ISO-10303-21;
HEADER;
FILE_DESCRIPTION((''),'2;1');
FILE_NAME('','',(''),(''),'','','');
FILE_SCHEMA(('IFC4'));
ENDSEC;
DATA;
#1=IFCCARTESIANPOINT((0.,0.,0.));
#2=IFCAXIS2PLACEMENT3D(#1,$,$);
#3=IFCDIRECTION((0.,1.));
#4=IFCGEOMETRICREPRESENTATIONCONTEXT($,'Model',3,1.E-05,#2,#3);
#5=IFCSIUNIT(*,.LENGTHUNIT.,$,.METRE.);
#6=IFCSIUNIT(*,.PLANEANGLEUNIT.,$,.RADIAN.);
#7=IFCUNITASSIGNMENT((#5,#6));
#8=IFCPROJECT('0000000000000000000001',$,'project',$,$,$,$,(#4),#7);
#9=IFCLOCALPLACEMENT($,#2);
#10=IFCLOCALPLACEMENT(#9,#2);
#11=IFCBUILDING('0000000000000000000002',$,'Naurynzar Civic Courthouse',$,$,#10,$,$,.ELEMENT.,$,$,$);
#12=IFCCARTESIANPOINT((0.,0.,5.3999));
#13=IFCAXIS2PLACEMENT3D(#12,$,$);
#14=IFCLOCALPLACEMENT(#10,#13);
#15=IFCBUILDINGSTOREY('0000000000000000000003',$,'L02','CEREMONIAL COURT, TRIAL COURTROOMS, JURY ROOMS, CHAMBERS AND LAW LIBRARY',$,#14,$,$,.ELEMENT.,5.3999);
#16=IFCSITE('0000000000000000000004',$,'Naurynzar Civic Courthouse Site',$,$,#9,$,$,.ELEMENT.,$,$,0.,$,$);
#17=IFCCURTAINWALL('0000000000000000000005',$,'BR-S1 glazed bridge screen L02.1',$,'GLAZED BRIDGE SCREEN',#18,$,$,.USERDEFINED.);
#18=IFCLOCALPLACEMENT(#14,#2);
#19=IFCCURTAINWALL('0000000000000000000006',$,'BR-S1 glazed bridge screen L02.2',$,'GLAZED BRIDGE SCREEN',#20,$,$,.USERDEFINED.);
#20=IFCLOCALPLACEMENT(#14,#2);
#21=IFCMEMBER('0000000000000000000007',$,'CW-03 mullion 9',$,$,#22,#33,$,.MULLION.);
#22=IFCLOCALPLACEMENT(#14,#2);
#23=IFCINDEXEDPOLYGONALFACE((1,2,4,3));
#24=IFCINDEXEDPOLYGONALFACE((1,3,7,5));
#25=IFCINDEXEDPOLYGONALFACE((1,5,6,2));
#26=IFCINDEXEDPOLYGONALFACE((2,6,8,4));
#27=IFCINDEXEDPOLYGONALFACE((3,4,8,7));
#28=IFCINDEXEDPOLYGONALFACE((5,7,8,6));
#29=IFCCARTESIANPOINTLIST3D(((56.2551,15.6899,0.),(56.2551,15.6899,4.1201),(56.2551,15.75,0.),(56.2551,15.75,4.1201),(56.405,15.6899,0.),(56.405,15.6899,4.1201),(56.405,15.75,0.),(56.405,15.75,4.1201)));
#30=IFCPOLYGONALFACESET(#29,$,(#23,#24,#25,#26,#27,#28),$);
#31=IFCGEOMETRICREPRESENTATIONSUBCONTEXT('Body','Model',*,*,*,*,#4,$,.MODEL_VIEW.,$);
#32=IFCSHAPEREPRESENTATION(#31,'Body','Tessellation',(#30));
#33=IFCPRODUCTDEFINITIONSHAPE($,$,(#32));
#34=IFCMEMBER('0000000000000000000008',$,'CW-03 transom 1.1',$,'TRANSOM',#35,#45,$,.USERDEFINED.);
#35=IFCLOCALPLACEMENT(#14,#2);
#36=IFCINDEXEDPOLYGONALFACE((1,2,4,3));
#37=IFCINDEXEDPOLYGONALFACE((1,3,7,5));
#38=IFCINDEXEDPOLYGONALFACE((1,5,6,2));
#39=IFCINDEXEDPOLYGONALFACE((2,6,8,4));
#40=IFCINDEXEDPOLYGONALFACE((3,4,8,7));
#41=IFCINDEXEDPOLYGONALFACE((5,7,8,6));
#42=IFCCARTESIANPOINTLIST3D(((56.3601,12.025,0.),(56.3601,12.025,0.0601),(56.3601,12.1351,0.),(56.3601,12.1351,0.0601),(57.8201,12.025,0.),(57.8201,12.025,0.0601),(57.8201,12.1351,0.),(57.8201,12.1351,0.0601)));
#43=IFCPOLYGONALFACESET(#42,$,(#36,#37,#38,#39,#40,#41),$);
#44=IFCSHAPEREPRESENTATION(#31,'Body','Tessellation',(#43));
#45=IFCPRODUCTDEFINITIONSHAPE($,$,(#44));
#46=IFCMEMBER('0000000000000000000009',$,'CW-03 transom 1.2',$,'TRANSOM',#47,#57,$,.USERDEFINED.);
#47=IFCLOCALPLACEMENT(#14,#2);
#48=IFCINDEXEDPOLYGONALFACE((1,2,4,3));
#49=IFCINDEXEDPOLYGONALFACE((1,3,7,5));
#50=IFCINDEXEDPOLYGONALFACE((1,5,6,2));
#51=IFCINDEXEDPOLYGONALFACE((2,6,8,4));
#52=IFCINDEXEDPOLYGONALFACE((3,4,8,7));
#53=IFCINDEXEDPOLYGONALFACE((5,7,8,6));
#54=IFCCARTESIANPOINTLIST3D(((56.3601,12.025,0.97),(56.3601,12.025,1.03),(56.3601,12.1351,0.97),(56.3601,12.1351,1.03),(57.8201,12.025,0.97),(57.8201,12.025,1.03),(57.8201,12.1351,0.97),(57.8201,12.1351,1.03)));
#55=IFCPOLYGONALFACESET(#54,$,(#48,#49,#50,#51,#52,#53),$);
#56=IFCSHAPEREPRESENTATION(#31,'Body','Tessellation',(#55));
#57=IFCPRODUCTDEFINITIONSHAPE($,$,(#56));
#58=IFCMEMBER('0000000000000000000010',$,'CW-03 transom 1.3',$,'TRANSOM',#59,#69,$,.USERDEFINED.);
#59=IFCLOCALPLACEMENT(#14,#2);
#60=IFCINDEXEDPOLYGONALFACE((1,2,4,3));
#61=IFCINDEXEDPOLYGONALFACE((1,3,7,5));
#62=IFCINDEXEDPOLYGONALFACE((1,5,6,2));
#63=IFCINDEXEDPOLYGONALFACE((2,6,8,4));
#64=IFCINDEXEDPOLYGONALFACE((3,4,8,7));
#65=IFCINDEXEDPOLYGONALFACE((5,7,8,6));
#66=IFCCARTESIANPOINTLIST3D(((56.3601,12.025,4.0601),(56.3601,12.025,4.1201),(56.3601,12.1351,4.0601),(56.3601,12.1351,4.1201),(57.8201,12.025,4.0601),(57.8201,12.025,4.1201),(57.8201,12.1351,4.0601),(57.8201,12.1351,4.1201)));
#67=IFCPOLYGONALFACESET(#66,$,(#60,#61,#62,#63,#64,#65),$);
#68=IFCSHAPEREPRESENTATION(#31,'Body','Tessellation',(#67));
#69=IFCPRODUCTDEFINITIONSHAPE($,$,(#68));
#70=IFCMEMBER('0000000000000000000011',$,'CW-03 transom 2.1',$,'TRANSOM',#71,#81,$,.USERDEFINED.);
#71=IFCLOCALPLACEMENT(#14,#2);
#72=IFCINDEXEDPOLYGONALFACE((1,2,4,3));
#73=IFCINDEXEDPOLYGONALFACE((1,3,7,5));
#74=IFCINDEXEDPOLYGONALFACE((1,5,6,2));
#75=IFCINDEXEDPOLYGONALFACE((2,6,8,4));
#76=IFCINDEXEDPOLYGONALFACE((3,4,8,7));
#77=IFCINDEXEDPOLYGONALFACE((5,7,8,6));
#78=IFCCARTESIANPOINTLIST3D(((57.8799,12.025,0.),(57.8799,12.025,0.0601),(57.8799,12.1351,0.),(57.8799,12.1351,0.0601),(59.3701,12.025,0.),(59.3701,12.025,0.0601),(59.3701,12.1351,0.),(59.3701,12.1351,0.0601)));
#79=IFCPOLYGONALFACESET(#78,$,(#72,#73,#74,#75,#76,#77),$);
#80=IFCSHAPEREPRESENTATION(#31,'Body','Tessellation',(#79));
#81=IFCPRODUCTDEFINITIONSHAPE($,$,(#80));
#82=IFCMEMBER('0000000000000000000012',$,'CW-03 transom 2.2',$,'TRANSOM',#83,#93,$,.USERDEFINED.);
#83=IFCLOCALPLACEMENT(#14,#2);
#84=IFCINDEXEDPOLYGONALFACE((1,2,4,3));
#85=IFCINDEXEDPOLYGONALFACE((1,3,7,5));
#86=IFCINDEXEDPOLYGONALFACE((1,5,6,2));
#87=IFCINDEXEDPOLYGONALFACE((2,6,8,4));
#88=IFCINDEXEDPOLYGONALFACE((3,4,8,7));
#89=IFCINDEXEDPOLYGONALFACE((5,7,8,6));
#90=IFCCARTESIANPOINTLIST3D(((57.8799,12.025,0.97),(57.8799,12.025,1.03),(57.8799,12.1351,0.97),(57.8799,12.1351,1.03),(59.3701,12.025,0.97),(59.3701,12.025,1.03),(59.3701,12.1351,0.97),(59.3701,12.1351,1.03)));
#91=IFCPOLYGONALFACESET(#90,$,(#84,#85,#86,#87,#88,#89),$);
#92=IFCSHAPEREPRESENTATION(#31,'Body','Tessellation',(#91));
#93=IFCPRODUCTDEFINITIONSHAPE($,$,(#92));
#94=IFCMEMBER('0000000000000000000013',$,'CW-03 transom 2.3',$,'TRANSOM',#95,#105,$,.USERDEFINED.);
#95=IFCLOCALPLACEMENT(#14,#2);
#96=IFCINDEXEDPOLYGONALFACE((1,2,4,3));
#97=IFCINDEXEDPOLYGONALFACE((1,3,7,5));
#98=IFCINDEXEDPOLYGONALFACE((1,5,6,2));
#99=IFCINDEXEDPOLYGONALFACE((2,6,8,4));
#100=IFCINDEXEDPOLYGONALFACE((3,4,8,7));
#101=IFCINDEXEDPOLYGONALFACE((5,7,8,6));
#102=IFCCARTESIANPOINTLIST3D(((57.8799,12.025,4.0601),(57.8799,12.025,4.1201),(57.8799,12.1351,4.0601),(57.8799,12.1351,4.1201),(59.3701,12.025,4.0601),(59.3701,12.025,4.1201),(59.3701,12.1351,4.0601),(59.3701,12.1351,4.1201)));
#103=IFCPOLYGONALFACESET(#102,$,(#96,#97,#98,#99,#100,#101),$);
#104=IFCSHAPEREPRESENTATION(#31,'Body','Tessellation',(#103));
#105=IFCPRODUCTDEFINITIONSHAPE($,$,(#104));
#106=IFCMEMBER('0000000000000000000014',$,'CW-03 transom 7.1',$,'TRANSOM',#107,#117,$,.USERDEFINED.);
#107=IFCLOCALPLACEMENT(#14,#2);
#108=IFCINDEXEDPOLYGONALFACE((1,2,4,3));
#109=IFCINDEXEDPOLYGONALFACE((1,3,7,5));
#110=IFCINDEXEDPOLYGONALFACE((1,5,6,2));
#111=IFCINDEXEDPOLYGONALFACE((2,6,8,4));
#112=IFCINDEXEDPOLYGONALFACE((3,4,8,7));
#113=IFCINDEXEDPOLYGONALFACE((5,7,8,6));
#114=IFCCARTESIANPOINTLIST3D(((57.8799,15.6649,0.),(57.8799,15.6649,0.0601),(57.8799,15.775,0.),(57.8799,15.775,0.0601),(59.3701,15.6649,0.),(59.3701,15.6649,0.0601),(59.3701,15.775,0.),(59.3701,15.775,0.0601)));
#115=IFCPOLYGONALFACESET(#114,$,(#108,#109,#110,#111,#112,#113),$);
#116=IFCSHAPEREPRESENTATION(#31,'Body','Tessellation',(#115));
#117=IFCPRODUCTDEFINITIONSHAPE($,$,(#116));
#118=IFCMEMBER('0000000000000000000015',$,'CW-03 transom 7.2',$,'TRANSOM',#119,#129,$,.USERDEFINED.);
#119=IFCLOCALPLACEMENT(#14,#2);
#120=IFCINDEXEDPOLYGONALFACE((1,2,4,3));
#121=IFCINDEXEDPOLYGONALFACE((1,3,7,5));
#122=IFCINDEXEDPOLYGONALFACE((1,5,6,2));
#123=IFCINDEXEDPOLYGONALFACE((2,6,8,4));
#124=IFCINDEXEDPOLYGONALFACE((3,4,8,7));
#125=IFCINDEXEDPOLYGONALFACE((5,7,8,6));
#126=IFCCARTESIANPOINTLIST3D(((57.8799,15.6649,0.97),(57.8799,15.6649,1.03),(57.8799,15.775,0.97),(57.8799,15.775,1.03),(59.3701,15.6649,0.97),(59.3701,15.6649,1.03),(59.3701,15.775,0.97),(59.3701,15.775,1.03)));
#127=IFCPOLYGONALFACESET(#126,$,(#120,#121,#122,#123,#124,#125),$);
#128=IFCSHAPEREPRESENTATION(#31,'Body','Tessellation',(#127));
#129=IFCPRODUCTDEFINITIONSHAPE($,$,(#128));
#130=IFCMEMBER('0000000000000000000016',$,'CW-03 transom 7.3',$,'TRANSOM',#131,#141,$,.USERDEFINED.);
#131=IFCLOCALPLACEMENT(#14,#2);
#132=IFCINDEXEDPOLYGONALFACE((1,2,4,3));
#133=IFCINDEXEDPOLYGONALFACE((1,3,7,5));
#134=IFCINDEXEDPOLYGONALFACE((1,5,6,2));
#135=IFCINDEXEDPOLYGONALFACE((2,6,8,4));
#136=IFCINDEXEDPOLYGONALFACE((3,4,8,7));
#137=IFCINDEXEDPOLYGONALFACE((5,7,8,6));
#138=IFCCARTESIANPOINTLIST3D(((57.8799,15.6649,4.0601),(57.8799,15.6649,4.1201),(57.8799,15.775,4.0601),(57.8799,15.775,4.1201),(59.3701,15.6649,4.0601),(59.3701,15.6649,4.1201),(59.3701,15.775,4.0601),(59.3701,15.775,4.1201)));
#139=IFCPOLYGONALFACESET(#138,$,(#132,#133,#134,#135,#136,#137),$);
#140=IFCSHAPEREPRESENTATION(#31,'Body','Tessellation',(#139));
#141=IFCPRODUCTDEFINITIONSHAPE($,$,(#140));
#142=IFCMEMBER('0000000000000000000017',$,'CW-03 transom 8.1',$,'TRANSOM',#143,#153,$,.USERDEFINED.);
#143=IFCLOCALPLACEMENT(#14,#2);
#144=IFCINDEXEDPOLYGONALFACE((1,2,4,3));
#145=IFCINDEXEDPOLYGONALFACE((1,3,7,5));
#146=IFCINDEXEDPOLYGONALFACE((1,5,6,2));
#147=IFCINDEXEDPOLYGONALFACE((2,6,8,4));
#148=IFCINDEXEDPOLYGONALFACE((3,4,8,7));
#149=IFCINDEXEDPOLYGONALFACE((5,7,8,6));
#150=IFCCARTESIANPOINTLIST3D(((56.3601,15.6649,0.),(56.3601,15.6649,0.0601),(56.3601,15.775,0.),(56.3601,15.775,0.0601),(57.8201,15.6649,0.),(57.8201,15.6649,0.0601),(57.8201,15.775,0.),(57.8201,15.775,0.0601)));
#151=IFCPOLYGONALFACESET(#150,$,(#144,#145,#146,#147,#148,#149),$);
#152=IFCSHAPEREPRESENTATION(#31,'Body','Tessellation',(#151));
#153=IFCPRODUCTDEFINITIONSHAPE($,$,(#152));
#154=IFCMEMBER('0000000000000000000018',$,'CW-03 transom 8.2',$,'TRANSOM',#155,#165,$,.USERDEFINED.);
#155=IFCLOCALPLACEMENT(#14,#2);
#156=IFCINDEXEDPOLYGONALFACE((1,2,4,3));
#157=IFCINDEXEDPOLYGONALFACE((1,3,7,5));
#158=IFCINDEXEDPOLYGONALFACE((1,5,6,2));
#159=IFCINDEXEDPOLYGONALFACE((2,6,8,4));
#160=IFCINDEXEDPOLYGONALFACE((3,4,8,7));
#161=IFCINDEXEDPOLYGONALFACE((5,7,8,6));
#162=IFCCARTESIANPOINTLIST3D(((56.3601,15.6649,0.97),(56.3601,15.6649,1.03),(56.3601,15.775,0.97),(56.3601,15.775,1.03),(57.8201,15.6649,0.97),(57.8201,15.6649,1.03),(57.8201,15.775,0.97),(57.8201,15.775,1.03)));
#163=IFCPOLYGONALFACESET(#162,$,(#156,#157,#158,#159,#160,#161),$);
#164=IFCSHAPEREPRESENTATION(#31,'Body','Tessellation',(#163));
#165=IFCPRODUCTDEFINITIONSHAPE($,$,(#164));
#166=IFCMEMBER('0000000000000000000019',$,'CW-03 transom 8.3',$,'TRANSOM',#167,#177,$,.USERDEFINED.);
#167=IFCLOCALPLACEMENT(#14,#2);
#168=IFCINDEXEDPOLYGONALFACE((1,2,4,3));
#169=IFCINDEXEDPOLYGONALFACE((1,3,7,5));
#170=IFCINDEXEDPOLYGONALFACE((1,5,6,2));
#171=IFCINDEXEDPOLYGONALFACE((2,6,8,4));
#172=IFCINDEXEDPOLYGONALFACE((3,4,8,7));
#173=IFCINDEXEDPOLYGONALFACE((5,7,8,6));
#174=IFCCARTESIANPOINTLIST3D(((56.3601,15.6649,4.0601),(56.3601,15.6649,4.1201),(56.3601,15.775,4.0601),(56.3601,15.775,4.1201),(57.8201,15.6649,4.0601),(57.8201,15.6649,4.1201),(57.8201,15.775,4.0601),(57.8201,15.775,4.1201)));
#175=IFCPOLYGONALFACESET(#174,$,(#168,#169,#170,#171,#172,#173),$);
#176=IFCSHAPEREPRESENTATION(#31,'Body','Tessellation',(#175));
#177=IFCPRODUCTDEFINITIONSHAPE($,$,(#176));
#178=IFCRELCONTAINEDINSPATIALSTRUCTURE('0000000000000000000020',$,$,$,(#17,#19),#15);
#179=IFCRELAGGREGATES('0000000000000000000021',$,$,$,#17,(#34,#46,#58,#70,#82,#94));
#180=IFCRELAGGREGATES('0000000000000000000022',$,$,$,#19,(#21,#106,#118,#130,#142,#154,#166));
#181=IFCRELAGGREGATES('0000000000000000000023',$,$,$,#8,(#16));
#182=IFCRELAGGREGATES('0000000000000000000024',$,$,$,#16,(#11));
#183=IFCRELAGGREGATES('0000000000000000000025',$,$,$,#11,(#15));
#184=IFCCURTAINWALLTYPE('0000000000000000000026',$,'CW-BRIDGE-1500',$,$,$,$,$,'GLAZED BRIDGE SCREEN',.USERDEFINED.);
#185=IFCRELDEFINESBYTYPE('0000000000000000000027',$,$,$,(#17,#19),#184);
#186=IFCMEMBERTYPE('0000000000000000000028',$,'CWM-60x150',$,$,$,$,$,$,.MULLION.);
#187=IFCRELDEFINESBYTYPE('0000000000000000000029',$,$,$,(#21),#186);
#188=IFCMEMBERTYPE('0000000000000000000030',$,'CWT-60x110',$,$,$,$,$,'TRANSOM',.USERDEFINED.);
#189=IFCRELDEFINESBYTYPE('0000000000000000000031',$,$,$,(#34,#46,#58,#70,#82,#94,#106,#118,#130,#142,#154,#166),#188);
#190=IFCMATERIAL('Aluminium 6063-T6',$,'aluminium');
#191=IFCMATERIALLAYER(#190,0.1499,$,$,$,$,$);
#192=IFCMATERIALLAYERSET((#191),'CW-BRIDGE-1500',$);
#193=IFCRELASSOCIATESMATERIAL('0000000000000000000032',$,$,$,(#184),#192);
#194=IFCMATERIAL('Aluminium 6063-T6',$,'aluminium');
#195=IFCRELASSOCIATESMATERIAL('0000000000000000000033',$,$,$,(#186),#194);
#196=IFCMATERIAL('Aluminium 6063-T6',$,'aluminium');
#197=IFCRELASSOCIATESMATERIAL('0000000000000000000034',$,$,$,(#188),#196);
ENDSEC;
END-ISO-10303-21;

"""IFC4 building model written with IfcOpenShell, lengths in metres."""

from ifc_helpers import new_model, si_unit, direction, frame, origin, origin_2d, place, context, subcontext, project, spatial, rectangle, extrude, material, layer, layer_set, material_profile, profile_set, type_object, element, aggregate, save


model = new_model("IFC4")

# Units and contexts
model_context = context("Model", 3, precision=1e-05, world=origin(), true_north=direction((0.0, 1.0)))
body_context = subcontext(model_context, "Body", "Model", "MODEL_VIEW")
ifc_project = project(units=[si_unit("LENGTHUNIT", "METRE"), si_unit("PLANEANGLEUNIT", "RADIAN")], contexts=[model_context])

# Site, building, storey
site_placement = place(None, origin())
site = spatial("IfcSite", under=ifc_project, at=site_placement, Name="Naurynzar Civic Courthouse Site", CompositionType="ELEMENT", RefElevation=0.0)
building_placement = place(site_placement, origin())
building = spatial("IfcBuilding", under=site, at=building_placement, Name="Naurynzar Civic Courthouse", CompositionType="ELEMENT")
storey_placement = place(building_placement, frame((0.0, 0.0, 5.3999)))
storey = spatial("IfcBuildingStorey", under=building, at=storey_placement, Name="L02", Description="CEREMONIAL COURT, TRIAL COURTROOMS, JURY ROOMS, CHAMBERS AND LAW LIBRARY", CompositionType="ELEMENT", Elevation=5.3999)

# Curtain walls, member
ifc_material_1 = material(Name="Aluminium 6063-T6", Category="aluminium")
ifc_layer_1 = layer(ifc_material_1, 0.1499)
ifc_layer_set_1 = layer_set([ifc_layer_1], Name="CW-BRIDGE-1500")
curtain_wall_type = type_object("IfcCurtainWallType", Name="CW-BRIDGE-1500", ElementType="GLAZED BRIDGE SCREEN", PredefinedType="USERDEFINED", material=ifc_layer_set_1)
curtain_wall_1_placement = place(storey_placement, origin())
curtain_wall_1 = element("IfcCurtainWall", 1, at=curtain_wall_1_placement, inside=storey, type_object=curtain_wall_type, Name="BR-S1 glazed bridge screen L02.1", ObjectType="GLAZED BRIDGE SCREEN", PredefinedType="USERDEFINED")
ifc_material_2 = material(Name="Aluminium 6063-T6", Category="aluminium")
ifc_material_profile_1 = material_profile(ifc_material_2, rectangle(XDim=0.0601, YDim=0.1499, at=origin_2d()), Name="ALU MULLION 60x150")
ifc_profile_set_1 = profile_set([ifc_material_profile_1], Name="Aluminium 6063-T6")
member_type_1 = type_object("IfcMemberType", Name="CWM-60x150", PredefinedType="MULLION", material=ifc_profile_set_1)
curtain_wall_2_placement = place(storey_placement, origin())
curtain_wall_2 = element("IfcCurtainWall", 2, at=curtain_wall_2_placement, inside=storey, type_object=curtain_wall_type, Name="BR-S1 glazed bridge screen L02.2", ObjectType="GLAZED BRIDGE SCREEN", PredefinedType="USERDEFINED")
member_1_placement = place(storey_placement, frame((56.3301, 15.72, 0.0), z_axis=(0.0, 0.0, 1.0), x_axis=(0.0, -1.0, 0.0)))
member_1 = element("IfcMember", 3, at=member_1_placement, type_object=member_type_1, Name="CW-03 mullion 9", PredefinedType="MULLION", context=body_context, shape_type="SweptSolid", body=[
    extrude(rectangle(XDim=0.0601, YDim=0.1499, at=origin_2d()), origin(), (0.0, 0.0, 1.0), 4.1201),
])

# Members
ifc_material_3 = material(Name="Aluminium 6063-T6", Category="aluminium")
ifc_material_profile_2 = material_profile(ifc_material_3, rectangle(XDim=0.1101, YDim=0.0601, at=origin_2d()), Name="ALU TRANSOM 60x110")
ifc_profile_set_2 = profile_set([ifc_material_profile_2], Name="Aluminium 6063-T6")
member_type_2 = type_object("IfcMemberType", Name="CWT-60x110", ElementType="TRANSOM", PredefinedType="USERDEFINED", material=ifc_profile_set_2)
member_2_placement = place(storey_placement, frame((56.3601, 12.0801, 0.03), z_axis=(1.0, 0.0, 0.0), x_axis=(0.0, 1.0, 0.0)))
member_2 = element("IfcMember", 4, at=member_2_placement, type_object=member_type_2, Name="CW-03 transom 1.1", ObjectType="TRANSOM", PredefinedType="USERDEFINED", context=body_context, shape_type="SweptSolid", body=[
    extrude(rectangle(XDim=0.1101, YDim=0.0601, at=origin_2d()), origin(), (0.0, 0.0, 1.0), 1.46),
])
member_3_placement = place(storey_placement, frame((56.3601, 12.0801, 1.0), z_axis=(1.0, 0.0, 0.0), x_axis=(0.0, 1.0, 0.0)))
member_3 = element("IfcMember", 5, at=member_3_placement, type_object=member_type_2, Name="CW-03 transom 1.2", ObjectType="TRANSOM", PredefinedType="USERDEFINED", context=body_context, shape_type="SweptSolid", body=[
    extrude(rectangle(XDim=0.1101, YDim=0.0601, at=origin_2d()), origin(), (0.0, 0.0, 1.0), 1.46),
])
member_4_placement = place(storey_placement, frame((56.3601, 12.0801, 4.0901), z_axis=(1.0, 0.0, 0.0), x_axis=(0.0, 1.0, 0.0)))
member_4 = element("IfcMember", 6, at=member_4_placement, type_object=member_type_2, Name="CW-03 transom 1.3", ObjectType="TRANSOM", PredefinedType="USERDEFINED", context=body_context, shape_type="SweptSolid", body=[
    extrude(rectangle(XDim=0.1101, YDim=0.0601, at=origin_2d()), origin(), (0.0, 0.0, 1.0), 1.46),
])
member_5_placement = place(storey_placement, frame((57.8799, 12.0801, 0.03), z_axis=(1.0, 0.0, 0.0), x_axis=(0.0, 1.0, 0.0)))
member_5 = element("IfcMember", 7, at=member_5_placement, type_object=member_type_2, Name="CW-03 transom 2.1", ObjectType="TRANSOM", PredefinedType="USERDEFINED", context=body_context, shape_type="SweptSolid", body=[
    extrude(rectangle(XDim=0.1101, YDim=0.0601, at=origin_2d()), origin(), (0.0, 0.0, 1.0), 1.4902),
])
member_6_placement = place(storey_placement, frame((57.8799, 12.0801, 1.0), z_axis=(1.0, 0.0, 0.0), x_axis=(0.0, 1.0, 0.0)))
member_6 = element("IfcMember", 8, at=member_6_placement, type_object=member_type_2, Name="CW-03 transom 2.2", ObjectType="TRANSOM", PredefinedType="USERDEFINED", context=body_context, shape_type="SweptSolid", body=[
    extrude(rectangle(XDim=0.1101, YDim=0.0601, at=origin_2d()), origin(), (0.0, 0.0, 1.0), 1.4902),
])
member_7_placement = place(storey_placement, frame((57.8799, 12.0801, 4.0901), z_axis=(1.0, 0.0, 0.0), x_axis=(0.0, 1.0, 0.0)))
member_7 = element("IfcMember", 9, at=member_7_placement, type_object=member_type_2, Name="CW-03 transom 2.3", ObjectType="TRANSOM", PredefinedType="USERDEFINED", context=body_context, shape_type="SweptSolid", body=[
    extrude(rectangle(XDim=0.1101, YDim=0.0601, at=origin_2d()), origin(), (0.0, 0.0, 1.0), 1.4902),
])
member_8_placement = place(storey_placement, frame((59.3701, 15.72, 0.03), z_axis=(-1.0, 0.0, 0.0), x_axis=(0.0, -1.0, 0.0)))
member_8 = element("IfcMember", 10, at=member_8_placement, type_object=member_type_2, Name="CW-03 transom 7.1", ObjectType="TRANSOM", PredefinedType="USERDEFINED", context=body_context, shape_type="SweptSolid", body=[
    extrude(rectangle(XDim=0.1101, YDim=0.0601, at=origin_2d()), origin(), (0.0, 0.0, 1.0), 1.4902),
])
member_9_placement = place(storey_placement, frame((59.3701, 15.72, 1.0), z_axis=(-1.0, 0.0, 0.0), x_axis=(0.0, -1.0, 0.0)))
member_9 = element("IfcMember", 11, at=member_9_placement, type_object=member_type_2, Name="CW-03 transom 7.2", ObjectType="TRANSOM", PredefinedType="USERDEFINED", context=body_context, shape_type="SweptSolid", body=[
    extrude(rectangle(XDim=0.1101, YDim=0.0601, at=origin_2d()), origin(), (0.0, 0.0, 1.0), 1.4902),
])
member_10_placement = place(storey_placement, frame((59.3701, 15.72, 4.0901), z_axis=(-1.0, 0.0, 0.0), x_axis=(0.0, -1.0, 0.0)))
member_10 = element("IfcMember", 12, at=member_10_placement, type_object=member_type_2, Name="CW-03 transom 7.3", ObjectType="TRANSOM", PredefinedType="USERDEFINED", context=body_context, shape_type="SweptSolid", body=[
    extrude(rectangle(XDim=0.1101, YDim=0.0601, at=origin_2d()), origin(), (0.0, 0.0, 1.0), 1.4902),
])
member_11_placement = place(storey_placement, frame((57.8201, 15.72, 0.03), z_axis=(-1.0, 0.0, 0.0), x_axis=(0.0, -1.0, 0.0)))
member_11 = element("IfcMember", 13, at=member_11_placement, type_object=member_type_2, Name="CW-03 transom 8.1", ObjectType="TRANSOM", PredefinedType="USERDEFINED", context=body_context, shape_type="SweptSolid", body=[
    extrude(rectangle(XDim=0.1101, YDim=0.0601, at=origin_2d()), origin(), (0.0, 0.0, 1.0), 1.46),
])
member_12_placement = place(storey_placement, frame((57.8201, 15.72, 1.0), z_axis=(-1.0, 0.0, 0.0), x_axis=(0.0, -1.0, 0.0)))
member_12 = element("IfcMember", 14, at=member_12_placement, type_object=member_type_2, Name="CW-03 transom 8.2", ObjectType="TRANSOM", PredefinedType="USERDEFINED", context=body_context, shape_type="SweptSolid", body=[
    extrude(rectangle(XDim=0.1101, YDim=0.0601, at=origin_2d()), origin(), (0.0, 0.0, 1.0), 1.46),
])
member_13_placement = place(storey_placement, frame((57.8201, 15.72, 4.0901), z_axis=(-1.0, 0.0, 0.0), x_axis=(0.0, -1.0, 0.0)))
member_13 = element("IfcMember", 15, at=member_13_placement, type_object=member_type_2, Name="CW-03 transom 8.3", ObjectType="TRANSOM", PredefinedType="USERDEFINED", context=body_context, shape_type="SweptSolid", body=[
    extrude(rectangle(XDim=0.1101, YDim=0.0601, at=origin_2d()), origin(), (0.0, 0.0, 1.0), 1.46),
])

aggregate(curtain_wall_1, [member_2, member_3, member_4, member_5, member_6, member_7])
aggregate(curtain_wall_2, [member_1, member_8, member_9, member_10, member_11, member_12, member_13])

save(model, "model.ifc")
